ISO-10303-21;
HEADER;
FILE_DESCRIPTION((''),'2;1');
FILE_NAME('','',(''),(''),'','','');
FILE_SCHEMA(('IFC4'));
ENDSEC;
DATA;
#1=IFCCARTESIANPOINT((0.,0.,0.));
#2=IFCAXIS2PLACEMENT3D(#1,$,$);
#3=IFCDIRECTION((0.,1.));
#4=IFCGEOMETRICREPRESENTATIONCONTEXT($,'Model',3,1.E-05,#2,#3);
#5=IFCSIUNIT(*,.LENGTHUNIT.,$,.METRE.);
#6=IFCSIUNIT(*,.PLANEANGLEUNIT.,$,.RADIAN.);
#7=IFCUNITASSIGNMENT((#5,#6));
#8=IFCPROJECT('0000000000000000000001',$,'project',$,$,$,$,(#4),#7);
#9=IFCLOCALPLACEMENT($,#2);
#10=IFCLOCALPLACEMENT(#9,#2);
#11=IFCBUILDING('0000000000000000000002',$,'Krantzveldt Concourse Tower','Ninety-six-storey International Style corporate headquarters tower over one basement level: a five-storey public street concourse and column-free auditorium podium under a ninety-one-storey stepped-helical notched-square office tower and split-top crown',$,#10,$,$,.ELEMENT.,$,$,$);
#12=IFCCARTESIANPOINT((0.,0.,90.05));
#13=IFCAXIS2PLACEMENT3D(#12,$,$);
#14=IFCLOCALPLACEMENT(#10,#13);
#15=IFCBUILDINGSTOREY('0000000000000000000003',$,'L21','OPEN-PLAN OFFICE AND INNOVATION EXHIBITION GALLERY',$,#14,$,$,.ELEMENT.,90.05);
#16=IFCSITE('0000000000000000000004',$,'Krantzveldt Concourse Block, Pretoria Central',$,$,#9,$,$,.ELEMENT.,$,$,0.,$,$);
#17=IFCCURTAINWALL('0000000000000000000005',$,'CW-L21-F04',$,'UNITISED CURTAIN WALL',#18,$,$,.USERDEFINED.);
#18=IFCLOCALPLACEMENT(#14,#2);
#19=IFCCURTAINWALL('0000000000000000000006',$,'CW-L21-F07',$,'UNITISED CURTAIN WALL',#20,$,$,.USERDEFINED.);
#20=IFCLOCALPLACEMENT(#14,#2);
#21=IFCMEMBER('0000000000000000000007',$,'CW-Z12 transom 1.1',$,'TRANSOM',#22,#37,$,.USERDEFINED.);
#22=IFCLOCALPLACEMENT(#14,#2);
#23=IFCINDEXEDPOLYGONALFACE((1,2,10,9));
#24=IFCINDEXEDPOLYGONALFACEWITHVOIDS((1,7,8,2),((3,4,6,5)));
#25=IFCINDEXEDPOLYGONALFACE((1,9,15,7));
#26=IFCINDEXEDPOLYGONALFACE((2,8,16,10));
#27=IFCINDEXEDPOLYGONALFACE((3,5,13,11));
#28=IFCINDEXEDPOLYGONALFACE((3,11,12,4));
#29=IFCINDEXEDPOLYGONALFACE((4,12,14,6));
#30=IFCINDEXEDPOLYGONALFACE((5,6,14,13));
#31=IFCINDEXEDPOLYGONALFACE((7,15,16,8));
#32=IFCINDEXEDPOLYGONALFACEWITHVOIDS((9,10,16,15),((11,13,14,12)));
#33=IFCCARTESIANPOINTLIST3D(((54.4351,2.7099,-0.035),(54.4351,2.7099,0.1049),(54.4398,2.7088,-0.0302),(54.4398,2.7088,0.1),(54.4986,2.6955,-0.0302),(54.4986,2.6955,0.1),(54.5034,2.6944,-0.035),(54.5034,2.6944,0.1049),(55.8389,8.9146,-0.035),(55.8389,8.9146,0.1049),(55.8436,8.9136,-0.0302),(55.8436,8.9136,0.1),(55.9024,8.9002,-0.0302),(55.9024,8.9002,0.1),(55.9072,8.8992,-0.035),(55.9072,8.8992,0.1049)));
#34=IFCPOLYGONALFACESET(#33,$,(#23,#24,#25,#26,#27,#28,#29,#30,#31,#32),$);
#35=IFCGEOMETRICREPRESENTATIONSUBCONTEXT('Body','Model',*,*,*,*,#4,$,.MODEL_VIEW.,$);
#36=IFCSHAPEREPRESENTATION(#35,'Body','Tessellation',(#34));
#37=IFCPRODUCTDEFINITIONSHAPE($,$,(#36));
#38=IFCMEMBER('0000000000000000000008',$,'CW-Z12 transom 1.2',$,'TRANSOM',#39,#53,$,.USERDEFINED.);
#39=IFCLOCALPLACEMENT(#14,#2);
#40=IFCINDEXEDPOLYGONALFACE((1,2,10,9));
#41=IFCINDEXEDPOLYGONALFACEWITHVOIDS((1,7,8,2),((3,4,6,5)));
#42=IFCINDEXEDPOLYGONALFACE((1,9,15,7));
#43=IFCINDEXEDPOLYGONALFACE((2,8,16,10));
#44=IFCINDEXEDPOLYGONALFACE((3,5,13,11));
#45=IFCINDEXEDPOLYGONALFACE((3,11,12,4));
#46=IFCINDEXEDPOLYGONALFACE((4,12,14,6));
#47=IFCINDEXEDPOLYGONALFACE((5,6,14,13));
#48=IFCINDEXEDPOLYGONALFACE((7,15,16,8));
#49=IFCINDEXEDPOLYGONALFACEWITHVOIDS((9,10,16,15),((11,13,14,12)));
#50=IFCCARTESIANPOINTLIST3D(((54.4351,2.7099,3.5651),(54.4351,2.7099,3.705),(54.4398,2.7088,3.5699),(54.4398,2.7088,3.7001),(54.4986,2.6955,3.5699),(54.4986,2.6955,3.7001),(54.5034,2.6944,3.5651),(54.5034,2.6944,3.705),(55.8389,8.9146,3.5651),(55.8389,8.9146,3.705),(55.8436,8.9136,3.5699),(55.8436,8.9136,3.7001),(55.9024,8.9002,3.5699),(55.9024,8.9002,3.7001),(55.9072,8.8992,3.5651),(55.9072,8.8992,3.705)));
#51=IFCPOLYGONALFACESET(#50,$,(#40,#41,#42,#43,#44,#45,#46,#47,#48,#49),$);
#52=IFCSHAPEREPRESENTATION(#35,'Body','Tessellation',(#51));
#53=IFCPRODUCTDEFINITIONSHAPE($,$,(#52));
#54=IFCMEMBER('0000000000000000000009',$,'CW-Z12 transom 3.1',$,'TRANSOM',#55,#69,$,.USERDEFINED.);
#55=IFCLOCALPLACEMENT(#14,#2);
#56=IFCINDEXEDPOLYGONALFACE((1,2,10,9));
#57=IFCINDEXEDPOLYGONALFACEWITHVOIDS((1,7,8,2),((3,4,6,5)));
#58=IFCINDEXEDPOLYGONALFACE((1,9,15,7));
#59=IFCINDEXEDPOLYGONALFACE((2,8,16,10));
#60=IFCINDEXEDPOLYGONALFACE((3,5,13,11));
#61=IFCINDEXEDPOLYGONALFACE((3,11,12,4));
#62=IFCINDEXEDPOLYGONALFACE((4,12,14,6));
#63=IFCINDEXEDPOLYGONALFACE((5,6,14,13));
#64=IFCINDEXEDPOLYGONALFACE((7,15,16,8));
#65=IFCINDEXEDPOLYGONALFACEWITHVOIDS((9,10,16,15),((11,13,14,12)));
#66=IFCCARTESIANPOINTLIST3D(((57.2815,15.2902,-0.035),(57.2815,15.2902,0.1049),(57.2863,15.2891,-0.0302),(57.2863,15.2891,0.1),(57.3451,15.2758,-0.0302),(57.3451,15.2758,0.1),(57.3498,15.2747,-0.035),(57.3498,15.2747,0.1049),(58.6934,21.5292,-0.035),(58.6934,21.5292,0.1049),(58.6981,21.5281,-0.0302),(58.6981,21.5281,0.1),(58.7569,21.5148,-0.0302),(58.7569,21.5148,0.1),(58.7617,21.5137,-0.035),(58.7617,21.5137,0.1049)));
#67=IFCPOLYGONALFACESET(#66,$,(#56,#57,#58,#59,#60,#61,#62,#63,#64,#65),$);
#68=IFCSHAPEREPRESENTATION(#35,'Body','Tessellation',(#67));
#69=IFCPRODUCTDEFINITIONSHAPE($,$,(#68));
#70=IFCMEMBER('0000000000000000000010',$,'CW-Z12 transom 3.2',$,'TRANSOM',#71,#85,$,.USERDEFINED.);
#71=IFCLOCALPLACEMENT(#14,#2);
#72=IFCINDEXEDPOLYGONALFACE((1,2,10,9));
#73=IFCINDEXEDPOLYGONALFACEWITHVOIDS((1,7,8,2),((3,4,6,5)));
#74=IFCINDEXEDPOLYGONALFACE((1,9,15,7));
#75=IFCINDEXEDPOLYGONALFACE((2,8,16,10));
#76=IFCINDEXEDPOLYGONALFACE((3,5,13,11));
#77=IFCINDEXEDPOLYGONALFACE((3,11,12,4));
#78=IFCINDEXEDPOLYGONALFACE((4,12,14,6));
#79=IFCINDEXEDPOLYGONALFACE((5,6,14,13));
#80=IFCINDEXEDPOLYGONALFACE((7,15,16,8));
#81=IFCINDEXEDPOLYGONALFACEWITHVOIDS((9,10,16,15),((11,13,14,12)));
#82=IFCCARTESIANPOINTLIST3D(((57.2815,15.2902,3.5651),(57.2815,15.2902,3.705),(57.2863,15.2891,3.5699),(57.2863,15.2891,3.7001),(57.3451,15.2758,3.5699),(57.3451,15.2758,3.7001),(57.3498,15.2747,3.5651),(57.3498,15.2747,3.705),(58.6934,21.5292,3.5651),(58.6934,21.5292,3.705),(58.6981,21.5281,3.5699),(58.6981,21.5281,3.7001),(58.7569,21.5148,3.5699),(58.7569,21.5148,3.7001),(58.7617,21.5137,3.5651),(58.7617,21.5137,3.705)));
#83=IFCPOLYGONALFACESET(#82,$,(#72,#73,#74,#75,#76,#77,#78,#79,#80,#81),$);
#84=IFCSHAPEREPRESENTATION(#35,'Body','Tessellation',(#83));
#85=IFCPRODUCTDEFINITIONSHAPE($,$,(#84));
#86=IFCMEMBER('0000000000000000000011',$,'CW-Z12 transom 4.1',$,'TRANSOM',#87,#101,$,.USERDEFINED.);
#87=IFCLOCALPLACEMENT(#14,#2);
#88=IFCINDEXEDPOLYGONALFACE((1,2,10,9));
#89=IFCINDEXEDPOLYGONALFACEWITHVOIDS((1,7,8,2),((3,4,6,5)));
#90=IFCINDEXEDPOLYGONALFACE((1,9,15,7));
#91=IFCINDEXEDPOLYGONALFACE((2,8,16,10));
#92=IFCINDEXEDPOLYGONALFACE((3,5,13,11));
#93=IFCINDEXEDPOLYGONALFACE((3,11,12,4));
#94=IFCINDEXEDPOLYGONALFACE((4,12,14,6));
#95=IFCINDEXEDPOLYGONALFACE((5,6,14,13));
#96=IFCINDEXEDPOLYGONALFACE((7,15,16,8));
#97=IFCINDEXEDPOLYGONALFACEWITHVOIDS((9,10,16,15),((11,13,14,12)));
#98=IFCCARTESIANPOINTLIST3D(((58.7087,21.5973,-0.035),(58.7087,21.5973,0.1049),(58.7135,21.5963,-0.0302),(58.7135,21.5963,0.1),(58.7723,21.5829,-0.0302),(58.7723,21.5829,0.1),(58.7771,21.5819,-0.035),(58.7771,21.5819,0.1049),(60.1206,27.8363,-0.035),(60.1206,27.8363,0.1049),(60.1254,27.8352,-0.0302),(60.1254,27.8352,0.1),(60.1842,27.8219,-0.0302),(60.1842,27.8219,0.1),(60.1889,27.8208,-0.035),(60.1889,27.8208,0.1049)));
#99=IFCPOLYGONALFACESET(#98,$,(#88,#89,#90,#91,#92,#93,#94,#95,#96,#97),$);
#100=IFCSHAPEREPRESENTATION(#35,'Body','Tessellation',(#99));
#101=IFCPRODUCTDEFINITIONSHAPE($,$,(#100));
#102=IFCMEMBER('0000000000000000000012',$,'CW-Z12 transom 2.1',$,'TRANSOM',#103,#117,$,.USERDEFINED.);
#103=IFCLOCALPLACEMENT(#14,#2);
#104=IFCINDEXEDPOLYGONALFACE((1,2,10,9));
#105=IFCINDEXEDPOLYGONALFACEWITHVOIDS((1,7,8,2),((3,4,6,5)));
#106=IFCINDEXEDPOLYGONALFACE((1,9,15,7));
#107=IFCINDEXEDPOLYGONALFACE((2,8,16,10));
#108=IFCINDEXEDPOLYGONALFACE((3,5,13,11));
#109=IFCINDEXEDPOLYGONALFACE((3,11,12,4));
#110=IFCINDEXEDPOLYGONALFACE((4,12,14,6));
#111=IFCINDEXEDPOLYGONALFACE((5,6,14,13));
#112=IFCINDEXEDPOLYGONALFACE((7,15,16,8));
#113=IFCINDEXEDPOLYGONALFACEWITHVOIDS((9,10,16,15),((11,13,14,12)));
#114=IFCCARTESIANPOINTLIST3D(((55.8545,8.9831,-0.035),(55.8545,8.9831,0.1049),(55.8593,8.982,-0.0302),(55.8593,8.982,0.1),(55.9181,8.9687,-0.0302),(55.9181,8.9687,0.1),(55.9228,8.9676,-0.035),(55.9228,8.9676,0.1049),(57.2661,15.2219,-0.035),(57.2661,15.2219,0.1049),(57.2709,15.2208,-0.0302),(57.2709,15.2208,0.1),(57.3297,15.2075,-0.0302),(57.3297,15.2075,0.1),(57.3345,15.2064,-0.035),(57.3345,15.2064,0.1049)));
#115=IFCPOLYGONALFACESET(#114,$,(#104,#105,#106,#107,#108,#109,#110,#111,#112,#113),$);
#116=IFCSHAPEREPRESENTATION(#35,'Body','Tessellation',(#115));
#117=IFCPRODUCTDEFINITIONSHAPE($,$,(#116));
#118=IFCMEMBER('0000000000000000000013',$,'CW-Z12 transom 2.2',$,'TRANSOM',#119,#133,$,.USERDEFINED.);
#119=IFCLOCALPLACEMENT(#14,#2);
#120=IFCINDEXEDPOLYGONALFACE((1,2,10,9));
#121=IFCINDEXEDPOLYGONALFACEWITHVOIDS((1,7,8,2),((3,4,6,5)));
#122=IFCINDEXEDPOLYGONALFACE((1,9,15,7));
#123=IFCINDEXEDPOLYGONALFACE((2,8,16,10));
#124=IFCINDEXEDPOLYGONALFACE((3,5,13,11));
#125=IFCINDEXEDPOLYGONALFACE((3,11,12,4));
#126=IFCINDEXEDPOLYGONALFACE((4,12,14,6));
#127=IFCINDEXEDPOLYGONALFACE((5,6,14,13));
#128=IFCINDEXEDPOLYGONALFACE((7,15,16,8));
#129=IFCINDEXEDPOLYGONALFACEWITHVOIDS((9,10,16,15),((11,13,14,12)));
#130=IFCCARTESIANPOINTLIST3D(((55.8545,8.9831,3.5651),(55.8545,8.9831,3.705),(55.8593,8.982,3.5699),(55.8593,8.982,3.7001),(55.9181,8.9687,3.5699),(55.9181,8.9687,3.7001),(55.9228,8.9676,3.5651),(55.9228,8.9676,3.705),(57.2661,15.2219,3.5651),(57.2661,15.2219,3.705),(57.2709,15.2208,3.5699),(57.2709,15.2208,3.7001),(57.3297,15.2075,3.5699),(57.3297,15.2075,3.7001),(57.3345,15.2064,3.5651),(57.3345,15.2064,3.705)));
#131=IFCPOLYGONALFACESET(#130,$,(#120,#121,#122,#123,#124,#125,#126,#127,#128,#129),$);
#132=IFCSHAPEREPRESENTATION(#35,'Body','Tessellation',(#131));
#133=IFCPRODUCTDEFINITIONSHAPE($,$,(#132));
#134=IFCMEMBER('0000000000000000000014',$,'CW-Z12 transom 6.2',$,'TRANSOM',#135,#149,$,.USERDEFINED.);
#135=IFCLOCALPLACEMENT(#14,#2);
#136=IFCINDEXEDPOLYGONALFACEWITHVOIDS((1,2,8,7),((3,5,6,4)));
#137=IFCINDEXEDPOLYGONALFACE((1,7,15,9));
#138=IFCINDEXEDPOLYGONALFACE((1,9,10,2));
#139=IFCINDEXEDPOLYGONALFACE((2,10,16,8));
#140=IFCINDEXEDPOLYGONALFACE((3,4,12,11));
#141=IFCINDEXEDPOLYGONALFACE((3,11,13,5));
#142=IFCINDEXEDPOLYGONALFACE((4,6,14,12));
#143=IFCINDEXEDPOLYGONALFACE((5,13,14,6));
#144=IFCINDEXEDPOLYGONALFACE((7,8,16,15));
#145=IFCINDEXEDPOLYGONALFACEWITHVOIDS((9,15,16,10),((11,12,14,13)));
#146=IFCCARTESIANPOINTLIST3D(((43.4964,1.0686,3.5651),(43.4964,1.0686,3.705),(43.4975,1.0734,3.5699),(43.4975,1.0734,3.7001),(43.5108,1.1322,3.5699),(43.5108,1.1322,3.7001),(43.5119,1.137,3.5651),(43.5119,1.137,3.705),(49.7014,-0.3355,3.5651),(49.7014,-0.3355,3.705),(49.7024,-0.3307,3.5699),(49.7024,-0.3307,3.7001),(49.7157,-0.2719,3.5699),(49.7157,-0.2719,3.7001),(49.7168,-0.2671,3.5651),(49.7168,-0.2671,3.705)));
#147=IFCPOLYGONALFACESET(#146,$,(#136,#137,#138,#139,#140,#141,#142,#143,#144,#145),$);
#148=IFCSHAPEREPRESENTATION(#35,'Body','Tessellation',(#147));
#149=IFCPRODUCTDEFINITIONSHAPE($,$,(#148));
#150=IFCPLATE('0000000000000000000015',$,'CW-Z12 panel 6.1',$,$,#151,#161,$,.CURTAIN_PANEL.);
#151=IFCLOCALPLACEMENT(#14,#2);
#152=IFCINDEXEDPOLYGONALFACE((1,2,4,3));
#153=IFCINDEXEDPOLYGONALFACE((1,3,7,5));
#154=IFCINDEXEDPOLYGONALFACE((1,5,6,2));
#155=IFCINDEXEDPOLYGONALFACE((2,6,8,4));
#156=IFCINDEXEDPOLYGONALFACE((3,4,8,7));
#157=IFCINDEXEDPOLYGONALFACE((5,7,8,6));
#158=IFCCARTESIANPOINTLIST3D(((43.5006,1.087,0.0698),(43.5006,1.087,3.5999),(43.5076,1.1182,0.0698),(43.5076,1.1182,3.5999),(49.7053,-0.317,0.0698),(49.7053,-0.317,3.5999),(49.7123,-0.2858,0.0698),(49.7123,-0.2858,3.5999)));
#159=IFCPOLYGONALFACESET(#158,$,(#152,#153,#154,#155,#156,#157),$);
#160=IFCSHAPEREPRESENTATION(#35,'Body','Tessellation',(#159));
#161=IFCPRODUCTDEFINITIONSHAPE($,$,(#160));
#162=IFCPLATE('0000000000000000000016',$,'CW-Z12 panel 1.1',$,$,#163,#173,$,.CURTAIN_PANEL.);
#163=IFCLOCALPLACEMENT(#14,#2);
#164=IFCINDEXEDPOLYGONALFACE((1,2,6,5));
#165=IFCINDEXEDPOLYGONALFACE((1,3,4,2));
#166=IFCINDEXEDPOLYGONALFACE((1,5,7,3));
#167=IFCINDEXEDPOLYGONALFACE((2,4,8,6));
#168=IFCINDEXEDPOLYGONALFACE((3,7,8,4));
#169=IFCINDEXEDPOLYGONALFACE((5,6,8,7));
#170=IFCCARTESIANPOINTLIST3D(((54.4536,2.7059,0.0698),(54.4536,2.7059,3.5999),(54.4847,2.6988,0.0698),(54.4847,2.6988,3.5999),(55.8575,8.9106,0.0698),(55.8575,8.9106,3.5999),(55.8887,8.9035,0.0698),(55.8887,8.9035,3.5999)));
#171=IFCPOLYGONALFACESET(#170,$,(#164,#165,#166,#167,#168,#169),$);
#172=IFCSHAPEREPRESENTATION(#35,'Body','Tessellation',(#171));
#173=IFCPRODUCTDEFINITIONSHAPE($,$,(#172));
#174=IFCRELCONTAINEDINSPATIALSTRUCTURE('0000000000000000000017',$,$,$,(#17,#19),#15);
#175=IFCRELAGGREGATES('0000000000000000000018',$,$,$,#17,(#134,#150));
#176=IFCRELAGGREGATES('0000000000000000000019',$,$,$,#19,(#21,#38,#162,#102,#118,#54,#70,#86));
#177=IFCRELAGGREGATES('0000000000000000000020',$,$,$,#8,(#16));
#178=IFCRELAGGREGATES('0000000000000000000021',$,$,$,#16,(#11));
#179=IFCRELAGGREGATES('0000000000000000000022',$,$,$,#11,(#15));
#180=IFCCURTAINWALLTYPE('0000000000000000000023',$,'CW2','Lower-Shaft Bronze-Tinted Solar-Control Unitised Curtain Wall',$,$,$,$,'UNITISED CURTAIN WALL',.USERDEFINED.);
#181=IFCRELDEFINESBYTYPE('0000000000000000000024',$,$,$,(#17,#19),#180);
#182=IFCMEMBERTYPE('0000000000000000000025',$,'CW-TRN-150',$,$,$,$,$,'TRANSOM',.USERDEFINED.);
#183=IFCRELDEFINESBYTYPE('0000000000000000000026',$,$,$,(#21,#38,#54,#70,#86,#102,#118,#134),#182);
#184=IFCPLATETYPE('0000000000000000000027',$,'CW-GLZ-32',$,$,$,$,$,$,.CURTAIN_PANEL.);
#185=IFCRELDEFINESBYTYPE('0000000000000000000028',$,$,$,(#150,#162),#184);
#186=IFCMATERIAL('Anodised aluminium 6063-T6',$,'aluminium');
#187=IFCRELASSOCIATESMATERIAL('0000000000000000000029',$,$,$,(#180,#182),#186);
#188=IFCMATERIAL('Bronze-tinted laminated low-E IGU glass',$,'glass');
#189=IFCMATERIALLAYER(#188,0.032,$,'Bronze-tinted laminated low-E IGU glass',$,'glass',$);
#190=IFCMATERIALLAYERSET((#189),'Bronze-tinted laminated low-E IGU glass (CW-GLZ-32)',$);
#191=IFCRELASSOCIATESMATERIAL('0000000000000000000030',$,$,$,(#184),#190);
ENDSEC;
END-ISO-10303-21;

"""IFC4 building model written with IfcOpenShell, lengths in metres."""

from ifc_helpers import new_model, si_unit, direction, frame, origin, origin_2d, place, context, subcontext, project, spatial, rectangle, hollow_rectangle, extrude, source, transform, mapped, material, layer, layer_set, material_profile, profile_set, type_object, type_shapes, element, aggregate, save


model = new_model("IFC4")

# Units and contexts
model_context = context("Model", 3, precision=1e-05, world=origin(), true_north=direction((0.0, 1.0)))
body_context = subcontext(model_context, "Body", "Model", "MODEL_VIEW")
ifc_project = project(units=[si_unit("LENGTHUNIT", "METRE"), si_unit("PLANEANGLEUNIT", "RADIAN")], contexts=[model_context])

# Site, building, storey
site_placement = place(None, origin())
site = spatial("IfcSite", under=ifc_project, at=site_placement, Name="Krantzveldt Concourse Block, Pretoria Central", CompositionType="ELEMENT", RefElevation=0.0)
building_placement = place(site_placement, origin())
building = spatial("IfcBuilding", under=site, at=building_placement, Name="Krantzveldt Concourse Tower", Description="Ninety-six-storey International Style corporate headquarters tower over one basement level: a five-storey public street concourse and column-free auditorium podium under a ninety-one-storey stepped-helical notched-square office tower and split-top crown", CompositionType="ELEMENT")
storey_placement = place(building_placement, frame((0.0, 0.0, 90.05)))
storey = spatial("IfcBuildingStorey", under=building, at=storey_placement, Name="L21", Description="OPEN-PLAN OFFICE AND INNOVATION EXHIBITION GALLERY", CompositionType="ELEMENT", Elevation=90.05)

# Curtain wall
ifc_material_1 = material(Name="Anodised aluminium 6063-T6", Category="aluminium")
curtain_wall_type = type_object("IfcCurtainWallType", Name="CW2", Description="Lower-Shaft Bronze-Tinted Solar-Control Unitised Curtain Wall", ElementType="UNITISED CURTAIN WALL", PredefinedType="USERDEFINED", material=ifc_material_1)
curtain_wall_1_placement = place(storey_placement, origin())
curtain_wall_1 = element("IfcCurtainWall", 1, at=curtain_wall_1_placement, inside=storey, type_object=curtain_wall_type, Name="CW-L21-F04", ObjectType="UNITISED CURTAIN WALL", PredefinedType="USERDEFINED")

# Curtain wall, members
curtain_wall_2_placement = place(storey_placement, origin())
curtain_wall_2 = element("IfcCurtainWall", 2, at=curtain_wall_2_placement, inside=storey, type_object=curtain_wall_type, Name="CW-L21-F07", ObjectType="UNITISED CURTAIN WALL", PredefinedType="USERDEFINED")
ifc_material_profile_1 = material_profile(ifc_material_1, hollow_rectangle(XDim=0.0701, YDim=0.1399, WallThickness=0.0049, at=origin_2d()), Name="Anodised aluminium 6063-T6", Category="aluminium")
ifc_profile_set_1 = profile_set([ifc_material_profile_1], Name="Anodised aluminium 6063-T6 - ALU-TRAN 140x70x5")
member_type_1 = type_object("IfcMemberType", Name="CW-TRN-150", ElementType="TRANSOM", PredefinedType="USERDEFINED", material=ifc_profile_set_1)
shared_shape_1 = source(origin(), body_context, "Body", "SweptSolid", [
    extrude(hollow_rectangle(XDim=0.0701, YDim=0.1399, WallThickness=0.0049, at=origin_2d()), origin(), (0.0, 0.0, 1.0), 6.3616),
])
member_1_placement = place(storey_placement, frame((54.4692, 2.7021, 0.0349), z_axis=(0.220667, 0.975349, 0.0), x_axis=(-0.975349, 0.220667, 0.0)))
member_1 = element("IfcMember", 3, at=member_1_placement, type_object=member_type_1, Name="CW-Z12 transom 1.1", ObjectType="TRANSOM", PredefinedType="USERDEFINED", context=body_context, shape_type="MappedRepresentation", body=[
    mapped(shared_shape_1, transform((0.0, 0.0, 0.0), x_axis=(1.0, 0.0, 0.0), y_axis=(0.0, 1.0, 0.0), z_axis=(0.0, 0.0, 1.0), scale=1.0)),
])
member_2_placement = place(storey_placement, frame((54.4692, 2.7021, 3.635), z_axis=(0.220667, 0.975349, 0.0), x_axis=(-0.975349, 0.220667, 0.0)))
member_2 = element("IfcMember", 4, at=member_2_placement, type_object=member_type_1, Name="CW-Z12 transom 1.2", ObjectType="TRANSOM", PredefinedType="USERDEFINED", context=body_context, shape_type="MappedRepresentation", body=[
    mapped(shared_shape_1, transform((0.0, 0.0, 0.0), x_axis=(1.0, 0.0, 0.0), y_axis=(0.0, 1.0, 0.0), z_axis=(0.0, 0.0, 1.0), scale=1.0)),
])
shared_shape_2 = source(origin(), body_context, "Body", "SweptSolid", [
    extrude(hollow_rectangle(XDim=0.0701, YDim=0.1399, WallThickness=0.0049, at=origin_2d()), origin(), (0.0, 0.0, 1.0), 6.3967),
])
member_3_placement = place(storey_placement, frame((57.3157, 15.2825, 0.0349), z_axis=(0.220715, 0.975338, 0.0), x_axis=(-0.975338, 0.220715, 0.0)))
member_3 = element("IfcMember", 5, at=member_3_placement, type_object=member_type_1, Name="CW-Z12 transom 3.1", ObjectType="TRANSOM", PredefinedType="USERDEFINED", context=body_context, shape_type="MappedRepresentation", body=[
    mapped(shared_shape_2, transform((0.0, 0.0, 0.0), x_axis=(1.0, 0.0, 0.0), y_axis=(0.0, 1.0, 0.0), z_axis=(0.0, 0.0, 1.0), scale=1.0)),
])
member_4_placement = place(storey_placement, frame((57.3157, 15.2825, 3.635), z_axis=(0.220715, 0.975338, 0.0), x_axis=(-0.975338, 0.220715, 0.0)))
member_4 = element("IfcMember", 6, at=member_4_placement, type_object=member_type_1, Name="CW-Z12 transom 3.2", ObjectType="TRANSOM", PredefinedType="USERDEFINED", context=body_context, shape_type="MappedRepresentation", body=[
    mapped(shared_shape_2, transform((0.0, 0.0, 0.0), x_axis=(1.0, 0.0, 0.0), y_axis=(0.0, 1.0, 0.0), z_axis=(0.0, 0.0, 1.0), scale=1.0)),
])
member_5_placement = place(storey_placement, frame((58.7429, 21.5896, 0.0349), z_axis=(0.220715, 0.975338, 0.0), x_axis=(-0.975338, 0.220715, 0.0)))
member_5 = element("IfcMember", 7, at=member_5_placement, type_object=member_type_1, Name="CW-Z12 transom 4.1", ObjectType="TRANSOM", PredefinedType="USERDEFINED", context=body_context, shape_type="MappedRepresentation", body=[
    mapped(shared_shape_2, transform((0.0, 0.0, 0.0), x_axis=(1.0, 0.0, 0.0), y_axis=(0.0, 1.0, 0.0), z_axis=(0.0, 0.0, 1.0), scale=1.0)),
])
shared_shape_3 = source(origin(), body_context, "Body", "SweptSolid", [
    extrude(hollow_rectangle(XDim=0.0701, YDim=0.1399, WallThickness=0.0049, at=origin_2d()), origin(), (0.0, 0.0, 1.0), 6.3965),
])
member_6_placement = place(storey_placement, frame((55.8887, 8.9753, 0.0349), z_axis=(0.220687, 0.975345, 0.0), x_axis=(-0.975345, 0.220687, 0.0)))
member_6 = element("IfcMember", 8, at=member_6_placement, type_object=member_type_1, Name="CW-Z12 transom 2.1", ObjectType="TRANSOM", PredefinedType="USERDEFINED", context=body_context, shape_type="MappedRepresentation", body=[
    mapped(shared_shape_3, transform((0.0, 0.0, 0.0), x_axis=(1.0, 0.0, 0.0), y_axis=(0.0, 1.0, 0.0), z_axis=(0.0, 0.0, 1.0), scale=1.0)),
])
member_7_placement = place(storey_placement, frame((55.8887, 8.9753, 3.635), z_axis=(0.220687, 0.975345, 0.0), x_axis=(-0.975345, 0.220687, 0.0)))
member_7 = element("IfcMember", 9, at=member_7_placement, type_object=member_type_1, Name="CW-Z12 transom 2.2", ObjectType="TRANSOM", PredefinedType="USERDEFINED", context=body_context, shape_type="MappedRepresentation", body=[
    mapped(shared_shape_3, transform((0.0, 0.0, 0.0), x_axis=(1.0, 0.0, 0.0), y_axis=(0.0, 1.0, 0.0), z_axis=(0.0, 0.0, 1.0), scale=1.0)),
])

# Member
shared_shape_4 = source(origin(), body_context, "Body", "SweptSolid", [
    extrude(hollow_rectangle(XDim=0.0701, YDim=0.1399, WallThickness=0.0049, at=origin_2d()), origin(), (0.0, 0.0, 1.0), 6.3618),
])
type_shapes(member_type_1, [shared_shape_1, shared_shape_2, shared_shape_3, shared_shape_4])
member_8_placement = place(storey_placement, frame((43.5042, 1.1028, 3.635), z_axis=(0.975341, -0.220704, 0.0), x_axis=(0.220704, 0.975341, 0.0)))
member_8 = element("IfcMember", 10, at=member_8_placement, type_object=member_type_1, Name="CW-Z12 transom 6.2", ObjectType="TRANSOM", PredefinedType="USERDEFINED", context=body_context, shape_type="MappedRepresentation", body=[
    mapped(shared_shape_4, transform((0.0, 0.0, 0.0), x_axis=(1.0, 0.0, 0.0), y_axis=(0.0, 1.0, 0.0), z_axis=(0.0, 0.0, 1.0), scale=1.0)),
])

# Plates
ifc_material_2 = material(Name="Bronze-tinted laminated low-E IGU glass", Category="glass")
ifc_layer_1 = layer(ifc_material_2, 0.032, Name="Bronze-tinted laminated low-E IGU glass", Category="glass")
ifc_layer_set_1 = layer_set([ifc_layer_1], Name="Bronze-tinted laminated low-E IGU glass (CW-GLZ-32)")
plate_type = type_object("IfcPlateType", Name="CW-GLZ-32", PredefinedType="CURTAIN_PANEL", material=ifc_layer_set_1)
shared_shape_5 = source(origin(), body_context, "Body", "SweptSolid", [
    extrude(rectangle(XDim=6.3616, YDim=0.032, at=origin_2d()), origin(), (0.0, 0.0, 1.0), 3.53),
])
plate_1_placement = place(storey_placement, frame((46.6064, 0.4006, 0.0698), z_axis=(0.0, 0.0, 1.0), x_axis=(0.975342, -0.220697, 0.0)))
plate_1 = element("IfcPlate", 11, at=plate_1_placement, type_object=plate_type, Name="CW-Z12 panel 6.1", PredefinedType="CURTAIN_PANEL", context=body_context, shape_type="MappedRepresentation", body=[
    mapped(shared_shape_5, transform((0.0, 0.0, 0.0), x_axis=(1.0, 0.0, 0.0), y_axis=(0.0, 1.0, 0.0), z_axis=(0.0, 0.0, 1.0), scale=1.0)),
])
aggregate(curtain_wall_1, [member_8, plate_1])
plate_2_placement = place(storey_placement, frame((55.1711, 5.8047, 0.0698), z_axis=(0.0, 0.0, 1.0), x_axis=(0.220697, 0.975342, 0.0)))
plate_2 = element("IfcPlate", 12, at=plate_2_placement, type_object=plate_type, Name="CW-Z12 panel 1.1", PredefinedType="CURTAIN_PANEL", context=body_context, shape_type="MappedRepresentation", body=[
    mapped(shared_shape_5, transform((0.0, 0.0, 0.0), x_axis=(1.0, 0.0, 0.0), y_axis=(0.0, 1.0, 0.0), z_axis=(0.0, 0.0, 1.0), scale=1.0)),
])
aggregate(curtain_wall_2, [member_1, member_2, plate_2, member_6, member_7, member_3, member_4, member_5])

save(model, "model.ifc")
